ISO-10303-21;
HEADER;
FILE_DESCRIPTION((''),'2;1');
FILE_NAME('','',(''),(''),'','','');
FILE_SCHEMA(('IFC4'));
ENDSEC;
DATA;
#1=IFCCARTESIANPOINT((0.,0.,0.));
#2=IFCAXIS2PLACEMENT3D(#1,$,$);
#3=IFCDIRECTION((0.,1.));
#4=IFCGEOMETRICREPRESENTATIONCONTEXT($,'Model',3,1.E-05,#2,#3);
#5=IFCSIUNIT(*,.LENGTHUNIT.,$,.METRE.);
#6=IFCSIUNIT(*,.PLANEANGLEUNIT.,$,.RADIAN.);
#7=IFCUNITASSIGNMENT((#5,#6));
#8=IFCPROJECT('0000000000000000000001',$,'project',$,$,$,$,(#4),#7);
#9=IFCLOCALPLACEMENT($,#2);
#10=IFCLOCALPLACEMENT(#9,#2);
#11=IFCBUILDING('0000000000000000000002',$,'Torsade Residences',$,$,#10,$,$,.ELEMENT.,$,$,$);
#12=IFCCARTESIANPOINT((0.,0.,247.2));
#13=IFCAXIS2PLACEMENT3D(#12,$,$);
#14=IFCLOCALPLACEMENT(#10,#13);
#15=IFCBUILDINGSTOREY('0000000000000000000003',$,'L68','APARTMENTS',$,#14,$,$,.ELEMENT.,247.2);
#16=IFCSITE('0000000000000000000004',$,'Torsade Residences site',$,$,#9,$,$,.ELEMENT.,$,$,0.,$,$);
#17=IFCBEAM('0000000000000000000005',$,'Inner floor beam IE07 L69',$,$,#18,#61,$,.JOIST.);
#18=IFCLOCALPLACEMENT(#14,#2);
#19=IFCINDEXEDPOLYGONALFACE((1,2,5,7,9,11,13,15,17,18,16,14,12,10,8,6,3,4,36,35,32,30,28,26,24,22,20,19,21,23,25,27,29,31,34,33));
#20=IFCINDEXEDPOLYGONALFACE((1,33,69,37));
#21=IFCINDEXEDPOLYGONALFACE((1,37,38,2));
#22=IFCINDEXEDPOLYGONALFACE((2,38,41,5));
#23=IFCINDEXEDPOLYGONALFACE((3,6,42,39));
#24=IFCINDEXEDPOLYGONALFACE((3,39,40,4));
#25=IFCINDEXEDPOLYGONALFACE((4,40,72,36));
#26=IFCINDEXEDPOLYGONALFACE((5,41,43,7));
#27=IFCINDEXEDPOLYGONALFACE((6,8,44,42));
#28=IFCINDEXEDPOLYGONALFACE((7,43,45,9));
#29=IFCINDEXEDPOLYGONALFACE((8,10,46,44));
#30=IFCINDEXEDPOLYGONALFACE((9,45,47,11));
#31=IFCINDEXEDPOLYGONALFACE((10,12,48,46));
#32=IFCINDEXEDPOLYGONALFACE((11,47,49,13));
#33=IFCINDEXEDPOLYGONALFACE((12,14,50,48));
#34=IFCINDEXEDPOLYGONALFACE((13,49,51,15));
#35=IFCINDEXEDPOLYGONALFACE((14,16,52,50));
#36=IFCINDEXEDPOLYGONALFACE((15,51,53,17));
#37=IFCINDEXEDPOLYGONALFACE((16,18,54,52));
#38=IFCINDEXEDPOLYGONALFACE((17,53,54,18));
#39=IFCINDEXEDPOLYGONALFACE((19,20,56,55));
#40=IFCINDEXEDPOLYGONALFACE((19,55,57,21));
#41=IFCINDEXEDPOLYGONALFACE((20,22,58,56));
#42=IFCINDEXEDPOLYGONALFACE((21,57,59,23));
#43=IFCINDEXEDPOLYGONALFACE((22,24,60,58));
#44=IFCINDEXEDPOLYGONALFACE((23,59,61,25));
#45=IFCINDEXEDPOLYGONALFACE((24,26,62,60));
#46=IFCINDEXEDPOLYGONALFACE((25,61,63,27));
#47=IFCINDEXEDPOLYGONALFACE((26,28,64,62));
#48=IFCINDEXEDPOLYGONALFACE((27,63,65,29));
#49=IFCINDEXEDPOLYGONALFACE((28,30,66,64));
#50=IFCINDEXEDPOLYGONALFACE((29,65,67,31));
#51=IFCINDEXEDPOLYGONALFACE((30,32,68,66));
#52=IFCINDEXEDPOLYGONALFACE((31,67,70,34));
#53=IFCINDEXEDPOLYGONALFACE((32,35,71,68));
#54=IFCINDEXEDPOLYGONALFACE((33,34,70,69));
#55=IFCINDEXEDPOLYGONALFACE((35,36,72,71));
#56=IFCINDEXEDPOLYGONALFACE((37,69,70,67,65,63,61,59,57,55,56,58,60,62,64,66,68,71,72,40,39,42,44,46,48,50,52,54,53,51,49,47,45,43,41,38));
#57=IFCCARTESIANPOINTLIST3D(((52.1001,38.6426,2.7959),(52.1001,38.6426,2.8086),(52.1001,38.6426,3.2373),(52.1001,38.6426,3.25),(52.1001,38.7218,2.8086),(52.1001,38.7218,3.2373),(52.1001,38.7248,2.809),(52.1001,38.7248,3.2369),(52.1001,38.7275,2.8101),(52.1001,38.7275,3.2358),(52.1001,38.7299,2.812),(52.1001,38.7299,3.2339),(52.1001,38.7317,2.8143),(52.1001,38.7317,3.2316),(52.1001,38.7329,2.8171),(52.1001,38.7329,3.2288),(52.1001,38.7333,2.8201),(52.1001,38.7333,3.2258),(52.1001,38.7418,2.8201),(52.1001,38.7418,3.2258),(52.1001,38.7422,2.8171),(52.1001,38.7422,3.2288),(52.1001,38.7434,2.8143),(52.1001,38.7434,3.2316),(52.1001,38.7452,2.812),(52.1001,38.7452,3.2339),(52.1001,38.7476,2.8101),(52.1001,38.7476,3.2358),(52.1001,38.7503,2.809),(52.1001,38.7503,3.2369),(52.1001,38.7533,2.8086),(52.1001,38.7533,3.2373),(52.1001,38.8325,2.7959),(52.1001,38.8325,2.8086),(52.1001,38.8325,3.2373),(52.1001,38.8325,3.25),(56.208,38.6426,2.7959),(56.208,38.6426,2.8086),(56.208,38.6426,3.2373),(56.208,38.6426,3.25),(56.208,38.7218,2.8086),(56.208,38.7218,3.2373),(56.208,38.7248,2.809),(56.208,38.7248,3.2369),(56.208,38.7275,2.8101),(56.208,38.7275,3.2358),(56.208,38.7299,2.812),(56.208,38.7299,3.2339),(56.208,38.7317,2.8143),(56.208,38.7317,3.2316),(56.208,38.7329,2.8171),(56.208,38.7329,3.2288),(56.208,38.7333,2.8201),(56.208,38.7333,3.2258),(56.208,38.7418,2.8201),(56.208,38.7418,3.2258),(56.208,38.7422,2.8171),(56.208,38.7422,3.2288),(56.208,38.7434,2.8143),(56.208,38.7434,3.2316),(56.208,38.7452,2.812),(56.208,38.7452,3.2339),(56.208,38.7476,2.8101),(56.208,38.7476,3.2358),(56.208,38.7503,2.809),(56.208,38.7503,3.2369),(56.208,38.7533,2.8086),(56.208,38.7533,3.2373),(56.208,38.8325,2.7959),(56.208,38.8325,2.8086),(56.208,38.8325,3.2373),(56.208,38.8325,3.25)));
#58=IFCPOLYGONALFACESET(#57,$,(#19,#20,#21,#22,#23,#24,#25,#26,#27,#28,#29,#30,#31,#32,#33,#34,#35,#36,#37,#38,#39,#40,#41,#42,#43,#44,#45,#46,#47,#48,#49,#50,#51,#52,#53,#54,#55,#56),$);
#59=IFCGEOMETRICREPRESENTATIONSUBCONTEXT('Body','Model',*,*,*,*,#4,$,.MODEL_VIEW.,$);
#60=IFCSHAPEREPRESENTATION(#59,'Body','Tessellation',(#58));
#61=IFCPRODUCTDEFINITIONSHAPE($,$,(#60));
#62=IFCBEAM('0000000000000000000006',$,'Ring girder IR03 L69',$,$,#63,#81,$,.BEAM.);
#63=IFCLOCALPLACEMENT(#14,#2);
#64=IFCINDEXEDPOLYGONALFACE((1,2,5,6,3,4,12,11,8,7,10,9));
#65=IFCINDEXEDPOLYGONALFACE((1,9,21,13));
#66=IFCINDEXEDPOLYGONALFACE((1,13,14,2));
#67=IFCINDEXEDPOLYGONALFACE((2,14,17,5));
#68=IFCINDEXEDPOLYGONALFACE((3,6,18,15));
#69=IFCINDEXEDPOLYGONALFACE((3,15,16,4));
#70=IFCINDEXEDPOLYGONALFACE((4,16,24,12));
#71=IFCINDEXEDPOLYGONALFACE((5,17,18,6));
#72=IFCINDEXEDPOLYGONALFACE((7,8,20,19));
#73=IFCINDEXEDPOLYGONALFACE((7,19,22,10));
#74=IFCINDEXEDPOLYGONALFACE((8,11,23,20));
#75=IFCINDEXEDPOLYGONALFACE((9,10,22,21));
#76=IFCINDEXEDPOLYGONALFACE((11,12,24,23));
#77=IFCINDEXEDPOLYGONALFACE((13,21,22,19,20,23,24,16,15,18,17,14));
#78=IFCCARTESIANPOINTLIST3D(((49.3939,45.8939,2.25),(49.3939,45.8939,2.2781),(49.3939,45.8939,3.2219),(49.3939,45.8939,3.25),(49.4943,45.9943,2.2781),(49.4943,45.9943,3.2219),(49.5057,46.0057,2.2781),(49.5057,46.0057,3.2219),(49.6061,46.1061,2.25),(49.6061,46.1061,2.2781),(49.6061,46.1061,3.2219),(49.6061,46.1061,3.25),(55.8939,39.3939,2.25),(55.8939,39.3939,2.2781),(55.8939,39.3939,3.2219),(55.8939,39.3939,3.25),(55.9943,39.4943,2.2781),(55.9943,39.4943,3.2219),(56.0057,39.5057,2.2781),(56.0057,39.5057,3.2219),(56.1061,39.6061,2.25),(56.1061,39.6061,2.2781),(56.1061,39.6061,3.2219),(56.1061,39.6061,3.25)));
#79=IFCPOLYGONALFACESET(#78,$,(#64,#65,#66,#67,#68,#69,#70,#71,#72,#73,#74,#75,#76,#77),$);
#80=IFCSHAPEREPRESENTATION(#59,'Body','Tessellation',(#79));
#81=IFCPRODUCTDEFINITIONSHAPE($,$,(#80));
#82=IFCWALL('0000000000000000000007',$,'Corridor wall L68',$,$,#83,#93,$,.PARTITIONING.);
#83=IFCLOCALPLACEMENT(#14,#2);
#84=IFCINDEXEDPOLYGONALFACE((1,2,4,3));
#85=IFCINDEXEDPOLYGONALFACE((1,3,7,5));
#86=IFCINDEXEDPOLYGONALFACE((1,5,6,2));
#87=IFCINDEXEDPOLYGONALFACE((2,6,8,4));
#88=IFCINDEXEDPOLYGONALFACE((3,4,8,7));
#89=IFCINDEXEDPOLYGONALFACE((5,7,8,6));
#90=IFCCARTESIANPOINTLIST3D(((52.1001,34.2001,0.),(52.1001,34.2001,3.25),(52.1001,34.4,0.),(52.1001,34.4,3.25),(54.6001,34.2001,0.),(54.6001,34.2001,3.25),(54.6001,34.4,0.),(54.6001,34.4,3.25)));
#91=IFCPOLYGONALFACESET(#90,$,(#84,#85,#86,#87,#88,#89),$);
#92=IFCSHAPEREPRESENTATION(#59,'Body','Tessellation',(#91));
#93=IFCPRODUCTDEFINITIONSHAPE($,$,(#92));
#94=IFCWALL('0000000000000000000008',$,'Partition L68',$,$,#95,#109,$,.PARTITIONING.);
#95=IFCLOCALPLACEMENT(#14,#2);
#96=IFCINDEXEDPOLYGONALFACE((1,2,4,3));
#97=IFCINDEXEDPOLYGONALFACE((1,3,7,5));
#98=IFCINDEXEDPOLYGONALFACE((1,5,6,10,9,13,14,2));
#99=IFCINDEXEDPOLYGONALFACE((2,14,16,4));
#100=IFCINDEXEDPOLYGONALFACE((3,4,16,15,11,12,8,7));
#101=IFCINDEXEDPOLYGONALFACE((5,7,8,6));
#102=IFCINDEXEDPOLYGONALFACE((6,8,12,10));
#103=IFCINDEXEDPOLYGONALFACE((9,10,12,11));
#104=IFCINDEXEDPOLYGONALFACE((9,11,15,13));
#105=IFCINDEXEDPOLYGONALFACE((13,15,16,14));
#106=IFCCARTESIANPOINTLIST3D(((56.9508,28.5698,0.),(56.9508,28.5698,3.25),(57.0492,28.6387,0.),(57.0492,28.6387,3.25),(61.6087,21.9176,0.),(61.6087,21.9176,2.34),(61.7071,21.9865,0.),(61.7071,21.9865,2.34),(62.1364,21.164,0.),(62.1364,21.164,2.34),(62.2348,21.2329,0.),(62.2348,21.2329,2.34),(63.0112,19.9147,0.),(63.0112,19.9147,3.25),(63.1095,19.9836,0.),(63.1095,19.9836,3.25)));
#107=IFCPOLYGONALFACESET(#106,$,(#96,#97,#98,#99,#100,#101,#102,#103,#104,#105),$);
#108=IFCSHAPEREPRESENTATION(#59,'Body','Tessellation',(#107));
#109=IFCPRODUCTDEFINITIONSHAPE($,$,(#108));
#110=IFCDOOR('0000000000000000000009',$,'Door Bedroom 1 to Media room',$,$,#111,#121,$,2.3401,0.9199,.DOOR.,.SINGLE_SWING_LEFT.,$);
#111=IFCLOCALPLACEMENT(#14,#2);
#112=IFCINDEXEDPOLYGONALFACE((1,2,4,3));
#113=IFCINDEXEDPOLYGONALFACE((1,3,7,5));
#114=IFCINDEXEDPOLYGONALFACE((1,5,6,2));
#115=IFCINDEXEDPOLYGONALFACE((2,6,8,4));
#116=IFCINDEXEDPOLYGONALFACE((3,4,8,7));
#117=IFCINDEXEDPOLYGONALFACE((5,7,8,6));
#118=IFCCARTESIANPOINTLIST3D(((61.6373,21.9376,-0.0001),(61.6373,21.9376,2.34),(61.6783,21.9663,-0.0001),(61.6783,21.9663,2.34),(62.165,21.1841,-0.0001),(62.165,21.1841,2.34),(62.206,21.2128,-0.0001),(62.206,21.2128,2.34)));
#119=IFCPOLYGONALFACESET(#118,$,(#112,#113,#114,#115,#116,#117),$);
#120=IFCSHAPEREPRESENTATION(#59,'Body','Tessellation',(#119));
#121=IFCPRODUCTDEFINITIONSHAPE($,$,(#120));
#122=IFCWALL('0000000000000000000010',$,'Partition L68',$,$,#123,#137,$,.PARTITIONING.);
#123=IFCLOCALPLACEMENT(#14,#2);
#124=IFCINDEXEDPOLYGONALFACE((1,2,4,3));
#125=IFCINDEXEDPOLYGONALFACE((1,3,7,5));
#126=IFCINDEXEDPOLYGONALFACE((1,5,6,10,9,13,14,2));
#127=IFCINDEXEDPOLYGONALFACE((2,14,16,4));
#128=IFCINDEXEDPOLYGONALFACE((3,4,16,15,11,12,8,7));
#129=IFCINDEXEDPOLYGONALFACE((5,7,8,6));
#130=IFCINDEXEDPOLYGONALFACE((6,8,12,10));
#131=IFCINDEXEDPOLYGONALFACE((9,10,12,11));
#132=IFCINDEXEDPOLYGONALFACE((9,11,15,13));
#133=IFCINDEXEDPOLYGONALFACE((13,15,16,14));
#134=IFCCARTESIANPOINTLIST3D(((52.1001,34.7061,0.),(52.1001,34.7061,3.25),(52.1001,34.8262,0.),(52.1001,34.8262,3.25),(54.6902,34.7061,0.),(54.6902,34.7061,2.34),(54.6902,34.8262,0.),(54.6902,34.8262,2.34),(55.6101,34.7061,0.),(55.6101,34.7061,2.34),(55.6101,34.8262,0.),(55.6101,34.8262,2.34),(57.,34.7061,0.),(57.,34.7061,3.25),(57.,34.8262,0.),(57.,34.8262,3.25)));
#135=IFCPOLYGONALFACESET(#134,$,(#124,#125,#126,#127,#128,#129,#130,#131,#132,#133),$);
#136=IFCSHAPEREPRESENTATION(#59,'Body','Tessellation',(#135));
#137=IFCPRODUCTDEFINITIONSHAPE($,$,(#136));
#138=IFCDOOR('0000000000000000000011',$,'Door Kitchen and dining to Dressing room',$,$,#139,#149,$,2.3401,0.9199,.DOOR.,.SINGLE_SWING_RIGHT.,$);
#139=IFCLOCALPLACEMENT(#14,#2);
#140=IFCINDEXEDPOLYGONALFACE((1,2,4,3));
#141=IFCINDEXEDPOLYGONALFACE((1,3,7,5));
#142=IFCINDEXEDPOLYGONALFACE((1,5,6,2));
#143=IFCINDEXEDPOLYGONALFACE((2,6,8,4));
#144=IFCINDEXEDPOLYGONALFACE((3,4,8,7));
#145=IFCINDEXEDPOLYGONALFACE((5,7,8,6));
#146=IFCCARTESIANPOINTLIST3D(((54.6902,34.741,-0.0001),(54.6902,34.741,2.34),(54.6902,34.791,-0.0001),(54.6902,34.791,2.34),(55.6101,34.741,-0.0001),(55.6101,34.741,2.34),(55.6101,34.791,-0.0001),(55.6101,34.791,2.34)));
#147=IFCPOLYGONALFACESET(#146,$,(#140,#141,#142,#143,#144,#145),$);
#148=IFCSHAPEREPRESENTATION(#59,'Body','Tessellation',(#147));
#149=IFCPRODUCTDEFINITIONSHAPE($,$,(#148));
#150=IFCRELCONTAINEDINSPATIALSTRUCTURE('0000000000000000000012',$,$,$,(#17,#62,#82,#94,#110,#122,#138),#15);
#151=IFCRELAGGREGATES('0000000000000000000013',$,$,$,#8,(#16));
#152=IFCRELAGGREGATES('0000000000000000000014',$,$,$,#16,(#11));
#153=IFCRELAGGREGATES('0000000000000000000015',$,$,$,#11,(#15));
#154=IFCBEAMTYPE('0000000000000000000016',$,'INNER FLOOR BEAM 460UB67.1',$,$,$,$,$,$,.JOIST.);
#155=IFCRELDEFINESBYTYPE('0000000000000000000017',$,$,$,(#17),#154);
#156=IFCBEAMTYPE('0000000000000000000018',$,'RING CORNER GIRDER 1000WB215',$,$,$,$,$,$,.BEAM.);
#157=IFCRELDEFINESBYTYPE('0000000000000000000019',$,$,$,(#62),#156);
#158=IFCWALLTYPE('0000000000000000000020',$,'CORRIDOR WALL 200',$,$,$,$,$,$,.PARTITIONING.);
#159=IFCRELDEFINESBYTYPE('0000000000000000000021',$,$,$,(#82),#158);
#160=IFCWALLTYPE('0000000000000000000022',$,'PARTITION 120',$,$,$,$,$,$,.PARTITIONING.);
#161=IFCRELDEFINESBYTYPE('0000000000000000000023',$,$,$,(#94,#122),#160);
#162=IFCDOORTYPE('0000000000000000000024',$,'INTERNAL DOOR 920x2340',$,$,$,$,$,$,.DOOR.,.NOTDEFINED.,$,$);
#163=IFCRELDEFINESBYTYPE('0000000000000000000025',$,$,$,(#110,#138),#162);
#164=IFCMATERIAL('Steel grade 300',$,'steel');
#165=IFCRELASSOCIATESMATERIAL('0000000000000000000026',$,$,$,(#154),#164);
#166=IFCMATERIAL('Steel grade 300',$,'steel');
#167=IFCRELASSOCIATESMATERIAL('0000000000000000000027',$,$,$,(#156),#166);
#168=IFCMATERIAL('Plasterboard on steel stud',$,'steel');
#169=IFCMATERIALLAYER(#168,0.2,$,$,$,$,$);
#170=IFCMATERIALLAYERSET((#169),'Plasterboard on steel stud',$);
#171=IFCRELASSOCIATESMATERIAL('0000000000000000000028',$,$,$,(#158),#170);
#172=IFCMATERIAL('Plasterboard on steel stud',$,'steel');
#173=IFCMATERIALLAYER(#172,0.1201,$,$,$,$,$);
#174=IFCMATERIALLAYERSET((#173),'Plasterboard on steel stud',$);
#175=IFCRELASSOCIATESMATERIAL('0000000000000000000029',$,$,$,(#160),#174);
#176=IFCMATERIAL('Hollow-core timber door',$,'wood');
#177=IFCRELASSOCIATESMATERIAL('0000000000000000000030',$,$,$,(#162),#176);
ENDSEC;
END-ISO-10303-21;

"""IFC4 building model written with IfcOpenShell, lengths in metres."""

from ifc_helpers import new_model, si_unit, direction, frame, frame_2d, origin, origin_2d, place, context, subcontext, project, spatial, rectangle, i_section, extrude, material, layer, layer_set, material_profile, profile_set, type_object, element, fill, save


model = new_model("IFC4")

# Units and contexts
model_context = context("Model", 3, precision=1e-05, world=origin(), true_north=direction((0.0, 1.0)))
body_context = subcontext(model_context, "Body", "Model", "MODEL_VIEW")
ifc_project = project(units=[si_unit("LENGTHUNIT", "METRE"), si_unit("PLANEANGLEUNIT", "RADIAN")], contexts=[model_context])

# Site, building, storey
site_placement = place(None, origin())
site = spatial("IfcSite", under=ifc_project, at=site_placement, Name="Torsade Residences site", CompositionType="ELEMENT", RefElevation=0.0)
building_placement = place(site_placement, origin())
building = spatial("IfcBuilding", under=site, at=building_placement, Name="Torsade Residences", CompositionType="ELEMENT")
storey_placement = place(building_placement, frame((0.0, 0.0, 247.2)))
storey = spatial("IfcBuildingStorey", under=building, at=storey_placement, Name="L68", Description="APARTMENTS", CompositionType="ELEMENT", Elevation=247.2)

# Beams
ifc_material_1 = material(Name="Steel grade 300", Category="steel")
ifc_material_profile_1 = material_profile(ifc_material_1, i_section(OverallWidth=0.1899, OverallDepth=0.4541, WebThickness=0.0085, FlangeThickness=0.0127, FilletRadius=0.0115, at=origin_2d()), Name="460UB67.1")
ifc_profile_set_1 = profile_set([ifc_material_profile_1], Name="Steel grade 300")
beam_type_1 = type_object("IfcBeamType", Name="INNER FLOOR BEAM 460UB67.1", PredefinedType="JOIST", material=ifc_profile_set_1)
beam_1_placement = place(storey_placement, frame((52.1001, 38.7375, 3.0229), z_axis=(1.0, 0.0, 0.0), x_axis=(0.0, 1.0, 0.0)))
element("IfcBeam", 1, at=beam_1_placement, inside=storey, type_object=beam_type_1, Name="Inner floor beam IE07 L69", PredefinedType="JOIST", context=body_context, shape_type="SweptSolid", body=[
    extrude(i_section(OverallWidth=0.1899, OverallDepth=0.4541, WebThickness=0.0085, FlangeThickness=0.0127, FilletRadius=0.0115, at=origin_2d()), origin(), (0.0, 0.0, 1.0), 4.1079),
])
ifc_material_2 = material(Name="Steel grade 300", Category="steel")
ifc_material_profile_2 = material_profile(ifc_material_2, i_section(OverallWidth=0.3, OverallDepth=1.0, WebThickness=0.0161, FlangeThickness=0.0281, at=origin_2d()), Name="1000WB215")
ifc_profile_set_2 = profile_set([ifc_material_profile_2], Name="Steel grade 300")
beam_type_2 = type_object("IfcBeamType", Name="RING CORNER GIRDER 1000WB215", PredefinedType="BEAM", material=ifc_profile_set_2)
beam_2_placement = place(storey_placement, frame((56.0, 39.5, 2.75), z_axis=(-0.707107, 0.707107, 0.0), x_axis=(-0.707107, -0.707107, 0.0)))
element("IfcBeam", 2, at=beam_2_placement, inside=storey, type_object=beam_type_2, Name="Ring girder IR03 L69", PredefinedType="BEAM", context=body_context, shape_type="SweptSolid", body=[
    extrude(i_section(OverallWidth=0.3, OverallDepth=1.0, WebThickness=0.0161, FlangeThickness=0.0281, at=origin_2d()), origin(), (0.0, 0.0, 1.0), 9.1924),
])

# Wall
ifc_material_3 = material(Name="Plasterboard on steel stud", Category="steel")
ifc_layer_1 = layer(ifc_material_3, 0.2)
ifc_layer_set_1 = layer_set([ifc_layer_1], Name="Plasterboard on steel stud")
wall_type_1 = type_object("IfcWallType", Name="CORRIDOR WALL 200", PredefinedType="PARTITIONING", material=ifc_layer_set_1)
wall_1_placement = place(storey_placement, frame((52.1001, 34.3, 0.0), z_axis=(0.0, 0.0, 1.0), x_axis=(1.0, 0.0, 0.0)))
element("IfcWall", 3, at=wall_1_placement, inside=storey, type_object=wall_type_1, Name="Corridor wall L68", PredefinedType="PARTITIONING", context=body_context, shape_type="SweptSolid", body=[
    extrude(rectangle(XDim=2.5, YDim=0.2, at=frame_2d((1.25, 0.0))), origin(), (0.0, 0.0, 1.0), 3.25),
])

# Walls, openings, doors
ifc_material_4 = material(Name="Plasterboard on steel stud", Category="steel")
ifc_layer_2 = layer(ifc_material_4, 0.1201)
ifc_layer_set_2 = layer_set([ifc_layer_2], Name="Plasterboard on steel stud")
wall_type_2 = type_object("IfcWallType", Name="PARTITION 120", PredefinedType="PARTITIONING", material=ifc_layer_set_2)
wall_2_placement = place(storey_placement, frame((57.0, 28.6042, 0.0), z_axis=(0.0, 0.0, 1.0), x_axis=(0.573576, -0.819153, 0.0)))
wall_2 = element("IfcWall", 4, at=wall_2_placement, inside=storey, type_object=wall_type_2, Name="Partition L68", PredefinedType="PARTITIONING", context=body_context, shape_type="SweptSolid", body=[
    extrude(rectangle(XDim=10.5659, YDim=0.1201, at=frame_2d((5.283, 0.0))), origin(), (0.0, 0.0, 1.0), 3.25),
])
opening_1_placement = place(wall_2_placement, frame((8.1208, 0.0, 0.0)))
opening_1 = element("IfcOpeningElement", 5, at=opening_1_placement, cuts=wall_2, PredefinedType="OPENING", context=body_context, shape_type="SweptSolid", body=[
    extrude(rectangle(XDim=0.9199, YDim=2.3401, at=frame_2d((0.46, 1.1699))), frame((0.0, 0.0701, 0.0), z_axis=(0.0, -1.0, 0.0), x_axis=(1.0, 0.0, 0.0)), (0.0, 0.0, 1.0), 0.1401),
])
ifc_material_5 = material(Name="Hollow-core timber door", Category="wood")
door_type_1 = type_object("IfcDoorType", Name="INTERNAL DOOR 920x2340", OperationType="NOTDEFINED", PredefinedType="DOOR", material=ifc_material_5)
door_1_placement = place(opening_1_placement, origin())
door_1 = element("IfcDoor", 6, at=door_1_placement, inside=storey, type_object=door_type_1, Name="Door Bedroom 1 to Media room", OperationType="SINGLE_SWING_LEFT", OverallHeight=2.3401, OverallWidth=0.9199, PredefinedType="DOOR", context=body_context, shape_type="SweptSolid", body=[
    extrude(rectangle(XDim=0.9199, YDim=2.3401, at=frame_2d((0.46, 1.1699))), frame((0.0, 0.0249, 0.0), z_axis=(0.0, -1.0, 0.0), x_axis=(1.0, 0.0, 0.0)), (0.0, 0.0, 1.0), 0.05),
])
fill(opening_1, door_1)
wall_3_placement = place(storey_placement, frame((52.1001, 34.7661, 0.0), z_axis=(0.0, 0.0, 1.0), x_axis=(1.0, 0.0, 0.0)))
wall_3 = element("IfcWall", 7, at=wall_3_placement, inside=storey, type_object=wall_type_2, Name="Partition L68", PredefinedType="PARTITIONING", context=body_context, shape_type="SweptSolid", body=[
    extrude(rectangle(XDim=4.8999, YDim=0.1201, at=frame_2d((2.45, 0.0))), origin(), (0.0, 0.0, 1.0), 3.25),
])
opening_2_placement = place(wall_3_placement, frame((2.5901, 0.0, 0.0)))
opening_2 = element("IfcOpeningElement", 8, at=opening_2_placement, cuts=wall_3, PredefinedType="OPENING", context=body_context, shape_type="SweptSolid", body=[
    extrude(rectangle(XDim=0.9199, YDim=2.3401, at=frame_2d((0.46, 1.1699))), frame((0.0, 0.0701, 0.0), z_axis=(0.0, -1.0, 0.0), x_axis=(1.0, 0.0, 0.0)), (0.0, 0.0, 1.0), 0.1401),
])
door_2_placement = place(opening_2_placement, origin())
door_2 = element("IfcDoor", 9, at=door_2_placement, inside=storey, type_object=door_type_1, Name="Door Kitchen and dining to Dressing room", OperationType="SINGLE_SWING_RIGHT", OverallHeight=2.3401, OverallWidth=0.9199, PredefinedType="DOOR", context=body_context, shape_type="SweptSolid", body=[
    extrude(rectangle(XDim=0.9199, YDim=2.3401, at=frame_2d((0.46, 1.1699))), frame((0.0, 0.0249, 0.0), z_axis=(0.0, -1.0, 0.0), x_axis=(1.0, 0.0, 0.0)), (0.0, 0.0, 1.0), 0.05),
])
fill(opening_2, door_2)

save(model, "model.ifc")
